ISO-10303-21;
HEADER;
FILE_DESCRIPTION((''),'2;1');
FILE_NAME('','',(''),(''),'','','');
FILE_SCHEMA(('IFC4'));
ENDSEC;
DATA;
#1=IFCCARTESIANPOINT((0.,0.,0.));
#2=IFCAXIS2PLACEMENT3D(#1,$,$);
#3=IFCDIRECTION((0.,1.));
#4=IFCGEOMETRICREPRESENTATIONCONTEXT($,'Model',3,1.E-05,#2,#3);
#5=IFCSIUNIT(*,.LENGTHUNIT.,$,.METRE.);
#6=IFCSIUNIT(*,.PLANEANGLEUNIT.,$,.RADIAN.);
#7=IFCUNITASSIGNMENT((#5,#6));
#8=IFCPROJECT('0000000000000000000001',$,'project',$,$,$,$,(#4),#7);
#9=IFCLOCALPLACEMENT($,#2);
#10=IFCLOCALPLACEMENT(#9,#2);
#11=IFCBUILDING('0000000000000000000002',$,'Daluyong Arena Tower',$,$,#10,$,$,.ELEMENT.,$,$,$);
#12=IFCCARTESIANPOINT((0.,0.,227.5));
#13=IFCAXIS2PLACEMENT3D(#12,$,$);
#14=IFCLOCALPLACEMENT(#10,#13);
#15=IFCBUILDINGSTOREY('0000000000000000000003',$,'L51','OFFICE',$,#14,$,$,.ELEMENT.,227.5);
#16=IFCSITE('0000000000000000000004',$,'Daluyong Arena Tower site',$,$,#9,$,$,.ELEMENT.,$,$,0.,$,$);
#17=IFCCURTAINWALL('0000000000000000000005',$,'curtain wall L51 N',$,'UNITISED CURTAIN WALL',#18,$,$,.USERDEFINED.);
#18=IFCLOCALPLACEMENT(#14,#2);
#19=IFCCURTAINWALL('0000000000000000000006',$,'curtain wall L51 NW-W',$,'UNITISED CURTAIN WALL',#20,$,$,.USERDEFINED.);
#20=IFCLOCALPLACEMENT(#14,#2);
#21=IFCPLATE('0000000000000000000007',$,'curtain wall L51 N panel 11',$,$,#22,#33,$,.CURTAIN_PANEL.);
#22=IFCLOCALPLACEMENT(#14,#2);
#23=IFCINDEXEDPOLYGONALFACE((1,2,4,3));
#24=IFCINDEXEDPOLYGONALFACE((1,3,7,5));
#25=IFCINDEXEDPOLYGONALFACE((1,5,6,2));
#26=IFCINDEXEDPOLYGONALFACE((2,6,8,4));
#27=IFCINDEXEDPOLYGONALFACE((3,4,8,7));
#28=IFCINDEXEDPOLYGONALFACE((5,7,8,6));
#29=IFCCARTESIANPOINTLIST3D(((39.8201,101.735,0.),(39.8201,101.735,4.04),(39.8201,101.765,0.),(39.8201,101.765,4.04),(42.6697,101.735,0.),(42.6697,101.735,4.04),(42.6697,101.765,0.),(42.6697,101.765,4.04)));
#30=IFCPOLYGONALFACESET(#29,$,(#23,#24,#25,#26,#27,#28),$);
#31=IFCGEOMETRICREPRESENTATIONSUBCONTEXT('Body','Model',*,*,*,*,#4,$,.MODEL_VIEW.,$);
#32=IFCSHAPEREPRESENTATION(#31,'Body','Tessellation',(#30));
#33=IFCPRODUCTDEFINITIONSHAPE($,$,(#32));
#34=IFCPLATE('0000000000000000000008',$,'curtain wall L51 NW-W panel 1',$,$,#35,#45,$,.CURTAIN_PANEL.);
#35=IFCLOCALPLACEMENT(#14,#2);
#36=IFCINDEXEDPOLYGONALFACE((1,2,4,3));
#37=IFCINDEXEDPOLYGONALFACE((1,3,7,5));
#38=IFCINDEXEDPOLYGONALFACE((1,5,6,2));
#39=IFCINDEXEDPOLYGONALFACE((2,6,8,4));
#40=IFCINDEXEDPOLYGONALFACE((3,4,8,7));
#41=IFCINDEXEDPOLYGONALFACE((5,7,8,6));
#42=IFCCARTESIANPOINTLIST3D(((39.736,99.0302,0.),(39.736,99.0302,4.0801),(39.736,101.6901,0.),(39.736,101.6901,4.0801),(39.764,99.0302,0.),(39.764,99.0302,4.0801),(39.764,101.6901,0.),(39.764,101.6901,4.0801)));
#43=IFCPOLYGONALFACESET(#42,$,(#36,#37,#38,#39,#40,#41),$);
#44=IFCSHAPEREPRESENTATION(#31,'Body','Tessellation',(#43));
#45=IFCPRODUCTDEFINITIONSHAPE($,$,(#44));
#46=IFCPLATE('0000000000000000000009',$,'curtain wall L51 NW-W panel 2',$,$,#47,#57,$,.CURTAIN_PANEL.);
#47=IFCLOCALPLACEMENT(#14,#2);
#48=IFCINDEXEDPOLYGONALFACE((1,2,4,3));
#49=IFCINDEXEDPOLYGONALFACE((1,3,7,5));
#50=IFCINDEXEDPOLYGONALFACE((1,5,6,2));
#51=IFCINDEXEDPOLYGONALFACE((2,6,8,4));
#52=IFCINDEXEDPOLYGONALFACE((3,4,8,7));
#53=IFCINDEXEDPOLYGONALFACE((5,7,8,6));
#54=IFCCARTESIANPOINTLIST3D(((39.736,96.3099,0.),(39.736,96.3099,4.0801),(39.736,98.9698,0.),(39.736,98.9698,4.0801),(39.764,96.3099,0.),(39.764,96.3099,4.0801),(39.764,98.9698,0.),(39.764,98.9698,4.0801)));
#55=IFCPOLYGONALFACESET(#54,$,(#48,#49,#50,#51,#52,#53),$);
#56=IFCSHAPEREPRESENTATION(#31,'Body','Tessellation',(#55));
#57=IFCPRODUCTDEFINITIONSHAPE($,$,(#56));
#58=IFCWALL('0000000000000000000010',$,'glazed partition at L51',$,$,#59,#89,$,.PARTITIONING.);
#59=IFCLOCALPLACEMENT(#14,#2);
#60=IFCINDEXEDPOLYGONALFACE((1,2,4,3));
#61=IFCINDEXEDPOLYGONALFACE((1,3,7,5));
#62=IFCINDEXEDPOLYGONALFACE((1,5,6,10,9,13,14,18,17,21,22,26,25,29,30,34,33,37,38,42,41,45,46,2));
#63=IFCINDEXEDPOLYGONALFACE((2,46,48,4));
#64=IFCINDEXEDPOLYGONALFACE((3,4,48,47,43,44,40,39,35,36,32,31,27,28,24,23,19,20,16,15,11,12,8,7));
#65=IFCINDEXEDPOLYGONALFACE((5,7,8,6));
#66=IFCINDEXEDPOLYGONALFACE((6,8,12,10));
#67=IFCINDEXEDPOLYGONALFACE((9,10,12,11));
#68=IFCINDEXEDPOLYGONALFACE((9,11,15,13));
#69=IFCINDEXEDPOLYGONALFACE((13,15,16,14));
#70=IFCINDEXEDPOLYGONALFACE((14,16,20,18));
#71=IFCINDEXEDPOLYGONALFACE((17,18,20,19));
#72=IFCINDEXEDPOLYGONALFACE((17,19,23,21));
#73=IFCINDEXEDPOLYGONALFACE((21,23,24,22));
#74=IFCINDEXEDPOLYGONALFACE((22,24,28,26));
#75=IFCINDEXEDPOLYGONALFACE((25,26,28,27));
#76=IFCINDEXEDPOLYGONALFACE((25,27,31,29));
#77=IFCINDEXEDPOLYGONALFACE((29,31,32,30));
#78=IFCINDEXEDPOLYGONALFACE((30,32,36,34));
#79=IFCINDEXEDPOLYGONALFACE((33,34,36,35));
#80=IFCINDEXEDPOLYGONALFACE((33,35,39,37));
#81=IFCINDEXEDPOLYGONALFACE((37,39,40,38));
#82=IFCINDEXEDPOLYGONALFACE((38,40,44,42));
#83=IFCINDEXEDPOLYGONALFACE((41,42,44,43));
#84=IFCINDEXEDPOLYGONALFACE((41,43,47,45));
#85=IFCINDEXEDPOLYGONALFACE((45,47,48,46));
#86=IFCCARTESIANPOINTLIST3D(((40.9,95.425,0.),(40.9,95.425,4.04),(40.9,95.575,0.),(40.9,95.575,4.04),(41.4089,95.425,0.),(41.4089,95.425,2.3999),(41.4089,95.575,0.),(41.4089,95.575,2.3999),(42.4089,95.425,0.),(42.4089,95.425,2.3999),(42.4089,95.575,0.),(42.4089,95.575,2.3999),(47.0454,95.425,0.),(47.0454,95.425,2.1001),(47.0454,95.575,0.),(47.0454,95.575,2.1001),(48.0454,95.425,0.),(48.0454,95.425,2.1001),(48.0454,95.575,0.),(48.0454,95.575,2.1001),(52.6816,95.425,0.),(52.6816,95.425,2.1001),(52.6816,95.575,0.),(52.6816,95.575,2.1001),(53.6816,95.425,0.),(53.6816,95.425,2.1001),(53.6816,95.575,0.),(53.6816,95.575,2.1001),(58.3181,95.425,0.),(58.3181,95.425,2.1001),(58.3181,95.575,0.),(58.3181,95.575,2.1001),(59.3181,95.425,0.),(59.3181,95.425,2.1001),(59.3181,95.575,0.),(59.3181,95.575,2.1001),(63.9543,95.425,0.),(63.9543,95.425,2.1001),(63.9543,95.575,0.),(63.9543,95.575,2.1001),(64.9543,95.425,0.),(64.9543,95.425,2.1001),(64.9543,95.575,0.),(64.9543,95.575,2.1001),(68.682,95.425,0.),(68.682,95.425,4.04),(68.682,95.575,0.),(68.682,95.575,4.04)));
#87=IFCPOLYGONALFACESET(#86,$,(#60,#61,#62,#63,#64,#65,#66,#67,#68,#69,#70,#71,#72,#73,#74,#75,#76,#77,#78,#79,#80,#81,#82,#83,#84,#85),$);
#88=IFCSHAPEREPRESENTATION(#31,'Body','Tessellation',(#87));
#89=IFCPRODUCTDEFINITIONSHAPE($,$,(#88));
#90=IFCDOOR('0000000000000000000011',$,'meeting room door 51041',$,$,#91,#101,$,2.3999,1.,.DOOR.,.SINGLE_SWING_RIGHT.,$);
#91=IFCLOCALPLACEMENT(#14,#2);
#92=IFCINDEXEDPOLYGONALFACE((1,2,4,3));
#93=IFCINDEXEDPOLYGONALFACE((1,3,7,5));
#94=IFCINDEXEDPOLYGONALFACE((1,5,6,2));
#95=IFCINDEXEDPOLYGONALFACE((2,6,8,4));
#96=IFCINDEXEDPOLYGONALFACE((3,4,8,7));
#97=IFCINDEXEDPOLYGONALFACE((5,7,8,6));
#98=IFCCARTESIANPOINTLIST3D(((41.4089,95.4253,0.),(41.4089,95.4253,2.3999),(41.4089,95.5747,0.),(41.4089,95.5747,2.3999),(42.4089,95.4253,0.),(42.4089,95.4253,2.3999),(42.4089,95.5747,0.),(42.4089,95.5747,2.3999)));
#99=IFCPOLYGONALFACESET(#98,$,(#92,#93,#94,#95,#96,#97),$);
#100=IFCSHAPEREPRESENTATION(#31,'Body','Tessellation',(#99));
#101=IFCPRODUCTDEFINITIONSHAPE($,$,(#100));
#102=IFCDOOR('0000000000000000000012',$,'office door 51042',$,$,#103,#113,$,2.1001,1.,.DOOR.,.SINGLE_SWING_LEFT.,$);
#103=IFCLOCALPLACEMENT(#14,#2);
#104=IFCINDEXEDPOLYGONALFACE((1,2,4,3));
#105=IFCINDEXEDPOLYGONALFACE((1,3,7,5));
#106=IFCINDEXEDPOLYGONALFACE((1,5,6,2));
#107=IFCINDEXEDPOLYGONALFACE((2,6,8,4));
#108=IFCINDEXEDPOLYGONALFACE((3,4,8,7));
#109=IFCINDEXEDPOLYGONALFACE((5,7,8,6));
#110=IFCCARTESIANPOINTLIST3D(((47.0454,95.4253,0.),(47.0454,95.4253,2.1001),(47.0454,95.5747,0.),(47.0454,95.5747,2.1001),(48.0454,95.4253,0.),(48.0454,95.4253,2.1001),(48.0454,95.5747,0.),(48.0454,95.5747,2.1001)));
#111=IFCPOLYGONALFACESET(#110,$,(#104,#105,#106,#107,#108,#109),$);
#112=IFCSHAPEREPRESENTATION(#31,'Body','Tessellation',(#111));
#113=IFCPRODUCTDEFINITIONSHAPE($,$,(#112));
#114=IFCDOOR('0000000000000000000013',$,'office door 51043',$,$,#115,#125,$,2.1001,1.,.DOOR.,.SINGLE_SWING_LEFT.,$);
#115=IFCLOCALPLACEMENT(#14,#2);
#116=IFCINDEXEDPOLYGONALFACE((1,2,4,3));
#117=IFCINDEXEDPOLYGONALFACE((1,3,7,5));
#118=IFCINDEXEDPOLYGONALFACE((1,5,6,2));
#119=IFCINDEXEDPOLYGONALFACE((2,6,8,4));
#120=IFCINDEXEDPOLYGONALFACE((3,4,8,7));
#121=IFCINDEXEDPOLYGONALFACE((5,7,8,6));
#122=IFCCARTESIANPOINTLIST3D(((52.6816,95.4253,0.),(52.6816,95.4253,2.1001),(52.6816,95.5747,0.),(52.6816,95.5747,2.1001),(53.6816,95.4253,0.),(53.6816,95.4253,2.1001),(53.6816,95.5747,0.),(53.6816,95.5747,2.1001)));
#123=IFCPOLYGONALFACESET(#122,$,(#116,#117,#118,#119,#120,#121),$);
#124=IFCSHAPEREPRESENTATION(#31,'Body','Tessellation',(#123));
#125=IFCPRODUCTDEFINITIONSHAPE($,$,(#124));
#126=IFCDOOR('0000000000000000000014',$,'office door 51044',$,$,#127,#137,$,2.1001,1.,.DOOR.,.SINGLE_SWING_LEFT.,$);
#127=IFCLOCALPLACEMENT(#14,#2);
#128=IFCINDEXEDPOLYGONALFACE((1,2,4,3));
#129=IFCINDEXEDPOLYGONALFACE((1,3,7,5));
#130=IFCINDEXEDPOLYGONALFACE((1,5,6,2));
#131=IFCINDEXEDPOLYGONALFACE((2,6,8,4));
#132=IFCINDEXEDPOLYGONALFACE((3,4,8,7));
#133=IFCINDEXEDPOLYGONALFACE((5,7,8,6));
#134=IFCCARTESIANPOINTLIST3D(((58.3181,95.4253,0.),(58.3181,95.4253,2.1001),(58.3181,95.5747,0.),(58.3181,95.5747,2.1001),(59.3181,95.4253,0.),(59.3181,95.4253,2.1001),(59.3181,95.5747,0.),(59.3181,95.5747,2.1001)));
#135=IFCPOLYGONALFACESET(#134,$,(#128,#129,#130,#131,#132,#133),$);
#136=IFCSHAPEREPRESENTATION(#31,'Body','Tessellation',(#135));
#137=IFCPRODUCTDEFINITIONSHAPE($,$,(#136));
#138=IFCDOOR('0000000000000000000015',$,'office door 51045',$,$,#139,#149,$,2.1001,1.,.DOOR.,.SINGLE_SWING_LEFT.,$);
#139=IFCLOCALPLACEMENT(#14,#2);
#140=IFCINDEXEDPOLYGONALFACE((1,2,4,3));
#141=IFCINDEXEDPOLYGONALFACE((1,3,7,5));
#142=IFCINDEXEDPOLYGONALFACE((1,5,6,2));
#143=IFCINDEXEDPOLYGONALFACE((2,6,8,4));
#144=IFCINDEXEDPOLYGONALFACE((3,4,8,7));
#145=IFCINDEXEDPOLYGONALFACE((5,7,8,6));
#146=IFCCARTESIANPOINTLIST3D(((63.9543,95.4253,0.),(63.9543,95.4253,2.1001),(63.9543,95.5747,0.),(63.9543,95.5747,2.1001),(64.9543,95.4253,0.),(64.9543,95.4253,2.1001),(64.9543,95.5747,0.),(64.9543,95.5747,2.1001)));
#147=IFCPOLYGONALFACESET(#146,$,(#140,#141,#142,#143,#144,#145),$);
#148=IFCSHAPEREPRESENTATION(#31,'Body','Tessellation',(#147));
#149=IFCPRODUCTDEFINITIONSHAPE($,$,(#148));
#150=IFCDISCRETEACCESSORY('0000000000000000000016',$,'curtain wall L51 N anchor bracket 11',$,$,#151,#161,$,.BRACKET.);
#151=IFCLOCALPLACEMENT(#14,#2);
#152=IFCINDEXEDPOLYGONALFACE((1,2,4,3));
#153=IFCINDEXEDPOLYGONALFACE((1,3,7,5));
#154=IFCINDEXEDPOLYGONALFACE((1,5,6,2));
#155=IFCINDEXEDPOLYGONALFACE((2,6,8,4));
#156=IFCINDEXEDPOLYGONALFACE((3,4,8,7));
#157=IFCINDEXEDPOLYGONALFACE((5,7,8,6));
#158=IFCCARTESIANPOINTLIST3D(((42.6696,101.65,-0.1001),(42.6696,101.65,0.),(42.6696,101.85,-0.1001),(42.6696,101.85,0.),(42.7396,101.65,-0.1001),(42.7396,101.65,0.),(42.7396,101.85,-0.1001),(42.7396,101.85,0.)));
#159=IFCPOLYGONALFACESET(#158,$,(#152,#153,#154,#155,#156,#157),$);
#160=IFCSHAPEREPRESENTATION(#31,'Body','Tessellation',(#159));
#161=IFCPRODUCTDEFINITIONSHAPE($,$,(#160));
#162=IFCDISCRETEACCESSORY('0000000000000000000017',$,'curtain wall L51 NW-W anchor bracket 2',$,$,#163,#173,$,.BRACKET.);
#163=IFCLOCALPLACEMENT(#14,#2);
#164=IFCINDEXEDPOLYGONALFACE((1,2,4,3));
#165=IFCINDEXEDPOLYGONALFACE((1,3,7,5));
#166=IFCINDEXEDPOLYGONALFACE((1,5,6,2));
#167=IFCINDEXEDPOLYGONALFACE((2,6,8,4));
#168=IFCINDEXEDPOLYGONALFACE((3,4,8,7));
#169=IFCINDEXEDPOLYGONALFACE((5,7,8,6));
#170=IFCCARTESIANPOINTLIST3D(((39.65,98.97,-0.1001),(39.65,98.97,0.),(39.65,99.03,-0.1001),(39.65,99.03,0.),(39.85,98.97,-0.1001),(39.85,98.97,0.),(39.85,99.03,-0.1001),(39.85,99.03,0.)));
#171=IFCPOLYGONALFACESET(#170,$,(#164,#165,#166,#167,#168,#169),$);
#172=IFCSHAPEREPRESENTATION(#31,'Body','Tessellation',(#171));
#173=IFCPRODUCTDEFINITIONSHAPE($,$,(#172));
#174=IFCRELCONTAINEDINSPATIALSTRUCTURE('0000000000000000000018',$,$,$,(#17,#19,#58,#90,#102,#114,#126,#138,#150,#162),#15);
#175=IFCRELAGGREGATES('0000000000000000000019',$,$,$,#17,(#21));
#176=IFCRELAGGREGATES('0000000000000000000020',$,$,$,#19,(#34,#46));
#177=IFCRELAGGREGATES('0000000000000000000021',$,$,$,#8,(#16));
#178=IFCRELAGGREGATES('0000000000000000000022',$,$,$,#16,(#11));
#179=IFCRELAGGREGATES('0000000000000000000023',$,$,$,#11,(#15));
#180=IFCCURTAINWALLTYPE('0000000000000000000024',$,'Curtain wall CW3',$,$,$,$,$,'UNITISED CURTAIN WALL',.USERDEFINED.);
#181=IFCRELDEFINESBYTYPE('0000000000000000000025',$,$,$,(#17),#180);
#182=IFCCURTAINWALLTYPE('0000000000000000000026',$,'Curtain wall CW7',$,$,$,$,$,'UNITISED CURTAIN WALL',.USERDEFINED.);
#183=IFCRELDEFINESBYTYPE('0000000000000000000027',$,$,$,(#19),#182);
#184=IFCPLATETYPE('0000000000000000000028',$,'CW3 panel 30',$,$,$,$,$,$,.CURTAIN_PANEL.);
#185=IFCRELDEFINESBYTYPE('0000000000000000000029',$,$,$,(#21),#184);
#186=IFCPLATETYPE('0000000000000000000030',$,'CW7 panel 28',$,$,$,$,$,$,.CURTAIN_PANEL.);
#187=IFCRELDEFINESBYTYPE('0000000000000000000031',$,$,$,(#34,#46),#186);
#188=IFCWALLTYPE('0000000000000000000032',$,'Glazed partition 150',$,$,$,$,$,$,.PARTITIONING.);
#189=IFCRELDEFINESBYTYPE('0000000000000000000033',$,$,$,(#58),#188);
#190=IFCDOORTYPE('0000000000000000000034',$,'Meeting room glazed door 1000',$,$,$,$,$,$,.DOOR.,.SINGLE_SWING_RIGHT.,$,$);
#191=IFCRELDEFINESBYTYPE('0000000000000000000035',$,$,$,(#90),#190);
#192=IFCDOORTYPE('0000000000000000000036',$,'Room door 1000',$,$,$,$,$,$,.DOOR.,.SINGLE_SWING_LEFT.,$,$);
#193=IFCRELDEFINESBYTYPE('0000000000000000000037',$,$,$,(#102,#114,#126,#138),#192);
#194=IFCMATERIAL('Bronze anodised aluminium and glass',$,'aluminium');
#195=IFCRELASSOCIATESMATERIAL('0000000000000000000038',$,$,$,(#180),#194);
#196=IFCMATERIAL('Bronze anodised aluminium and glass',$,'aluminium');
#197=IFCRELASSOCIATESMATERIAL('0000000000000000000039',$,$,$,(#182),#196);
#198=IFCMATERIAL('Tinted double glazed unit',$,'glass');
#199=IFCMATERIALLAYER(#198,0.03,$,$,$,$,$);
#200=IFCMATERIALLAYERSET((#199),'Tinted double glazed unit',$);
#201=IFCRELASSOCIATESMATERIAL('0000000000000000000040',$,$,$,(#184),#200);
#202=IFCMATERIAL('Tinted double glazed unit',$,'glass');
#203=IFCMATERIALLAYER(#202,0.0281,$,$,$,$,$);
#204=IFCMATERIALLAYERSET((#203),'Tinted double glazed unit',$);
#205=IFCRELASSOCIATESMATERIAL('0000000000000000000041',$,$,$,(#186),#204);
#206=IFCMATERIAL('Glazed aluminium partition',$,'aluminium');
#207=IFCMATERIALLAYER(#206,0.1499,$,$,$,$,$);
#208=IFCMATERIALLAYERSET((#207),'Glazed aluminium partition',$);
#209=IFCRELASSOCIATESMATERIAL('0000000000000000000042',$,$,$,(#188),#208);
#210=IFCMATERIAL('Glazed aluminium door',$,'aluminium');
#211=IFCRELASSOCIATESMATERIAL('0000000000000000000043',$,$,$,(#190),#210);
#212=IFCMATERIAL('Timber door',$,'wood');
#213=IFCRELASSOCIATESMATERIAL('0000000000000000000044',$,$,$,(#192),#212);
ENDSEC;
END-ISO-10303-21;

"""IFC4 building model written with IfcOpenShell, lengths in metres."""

from ifc_helpers import new_model, si_unit, direction, frame, frame_2d, origin, origin_2d, place, context, subcontext, project, spatial, rectangle, extrude, material, layer, layer_set, type_object, element, fill, aggregate, save


model = new_model("IFC4")

# Units and contexts
model_context = context("Model", 3, precision=1e-05, world=origin(), true_north=direction((0.0, 1.0)))
body_context = subcontext(model_context, "Body", "Model", "MODEL_VIEW")
ifc_project = project(units=[si_unit("LENGTHUNIT", "METRE"), si_unit("PLANEANGLEUNIT", "RADIAN")], contexts=[model_context])

# Site, building, storey
site_placement = place(None, origin())
site = spatial("IfcSite", under=ifc_project, at=site_placement, Name="Daluyong Arena Tower site", CompositionType="ELEMENT", RefElevation=0.0)
building_placement = place(site_placement, origin())
building = spatial("IfcBuilding", under=site, at=building_placement, Name="Daluyong Arena Tower", CompositionType="ELEMENT")
storey_placement = place(building_placement, frame((0.0, 0.0, 227.5)))
storey = spatial("IfcBuildingStorey", under=building, at=storey_placement, Name="L51", Description="OFFICE", CompositionType="ELEMENT", Elevation=227.5)

# Curtain walls
ifc_material_1 = material(Name="Bronze anodised aluminium and glass", Category="aluminium")
curtain_wall_type_1 = type_object("IfcCurtainWallType", Name="Curtain wall CW3", ElementType="UNITISED CURTAIN WALL", PredefinedType="USERDEFINED", material=ifc_material_1)
curtain_wall_1_placement = place(storey_placement, origin())
curtain_wall_1 = element("IfcCurtainWall", 1, at=curtain_wall_1_placement, inside=storey, type_object=curtain_wall_type_1, Name="curtain wall L51 N", ObjectType="UNITISED CURTAIN WALL", PredefinedType="USERDEFINED")
ifc_material_2 = material(Name="Bronze anodised aluminium and glass", Category="aluminium")
curtain_wall_type_2 = type_object("IfcCurtainWallType", Name="Curtain wall CW7", ElementType="UNITISED CURTAIN WALL", PredefinedType="USERDEFINED", material=ifc_material_2)
curtain_wall_2_placement = place(storey_placement, origin())
curtain_wall_2 = element("IfcCurtainWall", 2, at=curtain_wall_2_placement, inside=storey, type_object=curtain_wall_type_2, Name="curtain wall L51 NW-W", ObjectType="UNITISED CURTAIN WALL", PredefinedType="USERDEFINED")

# Plates
ifc_material_3 = material(Name="Tinted double glazed unit", Category="glass")
ifc_layer_1 = layer(ifc_material_3, 0.03)
ifc_layer_set_1 = layer_set([ifc_layer_1], Name="Tinted double glazed unit")
plate_type_1 = type_object("IfcPlateType", Name="CW3 panel 30", PredefinedType="CURTAIN_PANEL", material=ifc_layer_set_1)
plate_1_placement = place(storey_placement, frame((41.2449, 101.75, 0.0), z_axis=(0.0, 0.0, 1.0), x_axis=(-1.0, 0.0, 0.0)))
plate_1 = element("IfcPlate", 3, at=plate_1_placement, type_object=plate_type_1, Name="curtain wall L51 N panel 11", PredefinedType="CURTAIN_PANEL", context=body_context, shape_type="SweptSolid", body=[
    extrude(rectangle(XDim=2.8496, YDim=0.03, at=origin_2d()), origin(), (0.0, 0.0, 1.0), 4.04),
])
aggregate(curtain_wall_1, [plate_1])
ifc_material_4 = material(Name="Tinted double glazed unit", Category="glass")
ifc_layer_2 = layer(ifc_material_4, 0.0281)
ifc_layer_set_2 = layer_set([ifc_layer_2], Name="Tinted double glazed unit")
plate_type_2 = type_object("IfcPlateType", Name="CW7 panel 28", PredefinedType="CURTAIN_PANEL", material=ifc_layer_set_2)
plate_2_placement = place(storey_placement, frame((39.75, 100.3601, 0.0), z_axis=(0.0, 0.0, 1.0), x_axis=(0.0, -1.0, 0.0)))
plate_2 = element("IfcPlate", 4, at=plate_2_placement, type_object=plate_type_2, Name="curtain wall L51 NW-W panel 1", PredefinedType="CURTAIN_PANEL", context=body_context, shape_type="SweptSolid", body=[
    extrude(rectangle(XDim=2.6599, YDim=0.0281, at=origin_2d()), origin(), (0.0, 0.0, 1.0), 4.0801),
])
plate_3_placement = place(storey_placement, frame((39.75, 97.6399, 0.0), z_axis=(0.0, 0.0, 1.0), x_axis=(0.0, -1.0, 0.0)))
plate_3 = element("IfcPlate", 5, at=plate_3_placement, type_object=plate_type_2, Name="curtain wall L51 NW-W panel 2", PredefinedType="CURTAIN_PANEL", context=body_context, shape_type="SweptSolid", body=[
    extrude(rectangle(XDim=2.6599, YDim=0.0281, at=origin_2d()), origin(), (0.0, 0.0, 1.0), 4.0801),
])
aggregate(curtain_wall_2, [plate_2, plate_3])

# Wall, openings, doors
ifc_material_5 = material(Name="Glazed aluminium partition", Category="aluminium")
ifc_layer_3 = layer(ifc_material_5, 0.1499)
ifc_layer_set_3 = layer_set([ifc_layer_3], Name="Glazed aluminium partition")
wall_type = type_object("IfcWallType", Name="Glazed partition 150", PredefinedType="PARTITIONING", material=ifc_layer_set_3)
wall_placement = place(storey_placement, frame((40.8999, 95.5, 0.0), z_axis=(0.0, 0.0, 1.0), x_axis=(1.0, 0.0, 0.0)))
wall = element("IfcWall", 6, at=wall_placement, inside=storey, type_object=wall_type, Name="glazed partition at L51", PredefinedType="PARTITIONING", context=body_context, shape_type="SweptSolid", body=[
    extrude(rectangle(XDim=27.782, YDim=0.1499, at=frame_2d((13.8911, 0.0))), origin(), (0.0, 0.0, 1.0), 4.04),
])
opening_1_placement = place(wall_placement, frame((0.509, 0.0, 0.0)))
opening_1 = element("IfcOpeningElement", 7, at=opening_1_placement, cuts=wall, PredefinedType="OPENING", context=body_context, shape_type="SweptSolid", body=[
    extrude(rectangle(XDim=1.0, YDim=2.3999, at=frame_2d((0.5, 1.2))), frame((0.0, 0.085, 0.0), z_axis=(0.0, -1.0, 0.0), x_axis=(1.0, 0.0, 0.0)), (0.0, 0.0, 1.0), 0.1699),
])
opening_2_placement = place(wall_placement, frame((6.1455, 0.0, 0.0)))
opening_2 = element("IfcOpeningElement", 8, at=opening_2_placement, cuts=wall, PredefinedType="OPENING", context=body_context, shape_type="SweptSolid", body=[
    extrude(rectangle(XDim=1.0, YDim=2.1001, at=frame_2d((0.5, 1.05))), frame((0.0, 0.085, 0.0), z_axis=(0.0, -1.0, 0.0), x_axis=(1.0, 0.0, 0.0)), (0.0, 0.0, 1.0), 0.1699),
])
opening_3_placement = place(wall_placement, frame((11.7817, 0.0, 0.0)))
opening_3 = element("IfcOpeningElement", 9, at=opening_3_placement, cuts=wall, PredefinedType="OPENING", context=body_context, shape_type="SweptSolid", body=[
    extrude(rectangle(XDim=1.0, YDim=2.1001, at=frame_2d((0.5, 1.05))), frame((0.0, 0.085, 0.0), z_axis=(0.0, -1.0, 0.0), x_axis=(1.0, 0.0, 0.0)), (0.0, 0.0, 1.0), 0.1699),
])
opening_4_placement = place(wall_placement, frame((17.4182, 0.0, 0.0)))
opening_4 = element("IfcOpeningElement", 10, at=opening_4_placement, cuts=wall, PredefinedType="OPENING", context=body_context, shape_type="SweptSolid", body=[
    extrude(rectangle(XDim=1.0, YDim=2.1001, at=frame_2d((0.5, 1.05))), frame((0.0, 0.085, 0.0), z_axis=(0.0, -1.0, 0.0), x_axis=(1.0, 0.0, 0.0)), (0.0, 0.0, 1.0), 0.1699),
])
opening_5_placement = place(wall_placement, frame((23.0544, 0.0, 0.0)))
opening_5 = element("IfcOpeningElement", 11, at=opening_5_placement, cuts=wall, PredefinedType="OPENING", context=body_context, shape_type="SweptSolid", body=[
    extrude(rectangle(XDim=1.0, YDim=2.1001, at=frame_2d((0.5, 1.05))), frame((0.0, 0.085, 0.0), z_axis=(0.0, -1.0, 0.0), x_axis=(1.0, 0.0, 0.0)), (0.0, 0.0, 1.0), 0.1699),
])
ifc_material_6 = material(Name="Glazed aluminium door", Category="aluminium")
door_type_1 = type_object("IfcDoorType", Name="Meeting room glazed door 1000", OperationType="SINGLE_SWING_RIGHT", PredefinedType="DOOR", material=ifc_material_6)
door_1_placement = place(opening_1_placement, origin())
door_1 = element("IfcDoor", 12, at=door_1_placement, inside=storey, type_object=door_type_1, Name="meeting room door 51041", OperationType="SINGLE_SWING_RIGHT", OverallHeight=2.3999, OverallWidth=1.0, PredefinedType="DOOR", context=body_context, shape_type="SweptSolid", body=[
    extrude(rectangle(XDim=1.0, YDim=2.3999, at=frame_2d((0.5, 1.2))), frame((0.0, 0.0747, 0.0), z_axis=(0.0, -1.0, 0.0), x_axis=(1.0, 0.0, 0.0)), (0.0, 0.0, 1.0), 0.1494),
])
fill(opening_1, door_1)
ifc_material_7 = material(Name="Timber door", Category="wood")
door_type_2 = type_object("IfcDoorType", Name="Room door 1000", OperationType="SINGLE_SWING_LEFT", PredefinedType="DOOR", material=ifc_material_7)
door_2_placement = place(opening_2_placement, origin())
door_2 = element("IfcDoor", 13, at=door_2_placement, inside=storey, type_object=door_type_2, Name="office door 51042", OperationType="SINGLE_SWING_LEFT", OverallHeight=2.1001, OverallWidth=1.0, PredefinedType="DOOR", context=body_context, shape_type="SweptSolid", body=[
    extrude(rectangle(XDim=1.0, YDim=2.1001, at=frame_2d((0.5, 1.05))), frame((0.0, 0.0747, 0.0), z_axis=(0.0, -1.0, 0.0), x_axis=(1.0, 0.0, 0.0)), (0.0, 0.0, 1.0), 0.1494),
])
fill(opening_2, door_2)
door_3_placement = place(opening_3_placement, origin())
door_3 = element("IfcDoor", 14, at=door_3_placement, inside=storey, type_object=door_type_2, Name="office door 51043", OperationType="SINGLE_SWING_LEFT", OverallHeight=2.1001, OverallWidth=1.0, PredefinedType="DOOR", context=body_context, shape_type="SweptSolid", body=[
    extrude(rectangle(XDim=1.0, YDim=2.1001, at=frame_2d((0.5, 1.05))), frame((0.0, 0.0747, 0.0), z_axis=(0.0, -1.0, 0.0), x_axis=(1.0, 0.0, 0.0)), (0.0, 0.0, 1.0), 0.1494),
])
fill(opening_3, door_3)
door_4_placement = place(opening_4_placement, origin())
door_4 = element("IfcDoor", 15, at=door_4_placement, inside=storey, type_object=door_type_2, Name="office door 51044", OperationType="SINGLE_SWING_LEFT", OverallHeight=2.1001, OverallWidth=1.0, PredefinedType="DOOR", context=body_context, shape_type="SweptSolid", body=[
    extrude(rectangle(XDim=1.0, YDim=2.1001, at=frame_2d((0.5, 1.05))), frame((0.0, 0.0747, 0.0), z_axis=(0.0, -1.0, 0.0), x_axis=(1.0, 0.0, 0.0)), (0.0, 0.0, 1.0), 0.1494),
])
fill(opening_4, door_4)
door_5_placement = place(opening_5_placement, origin())
door_5 = element("IfcDoor", 16, at=door_5_placement, inside=storey, type_object=door_type_2, Name="office door 51045", OperationType="SINGLE_SWING_LEFT", OverallHeight=2.1001, OverallWidth=1.0, PredefinedType="DOOR", context=body_context, shape_type="SweptSolid", body=[
    extrude(rectangle(XDim=1.0, YDim=2.1001, at=frame_2d((0.5, 1.05))), frame((0.0, 0.0747, 0.0), z_axis=(0.0, -1.0, 0.0), x_axis=(1.0, 0.0, 0.0)), (0.0, 0.0, 1.0), 0.1494),
])
fill(opening_5, door_5)

# Discrete accessories
discrete_accessory_1_placement = place(storey_placement, frame((42.7046, 101.75, -0.1001), z_axis=(0.0, 0.0, 1.0), x_axis=(-1.0, 0.0, 0.0)))
element("IfcDiscreteAccessory", 17, at=discrete_accessory_1_placement, inside=storey, Name="curtain wall L51 N anchor bracket 11", PredefinedType="BRACKET", context=body_context, shape_type="SweptSolid", body=[
    extrude(rectangle(XDim=0.0701, YDim=0.2, at=origin_2d()), origin(), (0.0, 0.0, 1.0), 0.1001),
])
discrete_accessory_2_placement = place(storey_placement, frame((39.75, 99.0, -0.1001), z_axis=(0.0, 0.0, 1.0), x_axis=(0.0, -1.0, 0.0)))
element("IfcDiscreteAccessory", 18, at=discrete_accessory_2_placement, inside=storey, Name="curtain wall L51 NW-W anchor bracket 2", PredefinedType="BRACKET", context=body_context, shape_type="SweptSolid", body=[
    extrude(rectangle(XDim=0.0601, YDim=0.2, at=origin_2d()), origin(), (0.0, 0.0, 1.0), 0.1001),
])

save(model, "model.ifc")
